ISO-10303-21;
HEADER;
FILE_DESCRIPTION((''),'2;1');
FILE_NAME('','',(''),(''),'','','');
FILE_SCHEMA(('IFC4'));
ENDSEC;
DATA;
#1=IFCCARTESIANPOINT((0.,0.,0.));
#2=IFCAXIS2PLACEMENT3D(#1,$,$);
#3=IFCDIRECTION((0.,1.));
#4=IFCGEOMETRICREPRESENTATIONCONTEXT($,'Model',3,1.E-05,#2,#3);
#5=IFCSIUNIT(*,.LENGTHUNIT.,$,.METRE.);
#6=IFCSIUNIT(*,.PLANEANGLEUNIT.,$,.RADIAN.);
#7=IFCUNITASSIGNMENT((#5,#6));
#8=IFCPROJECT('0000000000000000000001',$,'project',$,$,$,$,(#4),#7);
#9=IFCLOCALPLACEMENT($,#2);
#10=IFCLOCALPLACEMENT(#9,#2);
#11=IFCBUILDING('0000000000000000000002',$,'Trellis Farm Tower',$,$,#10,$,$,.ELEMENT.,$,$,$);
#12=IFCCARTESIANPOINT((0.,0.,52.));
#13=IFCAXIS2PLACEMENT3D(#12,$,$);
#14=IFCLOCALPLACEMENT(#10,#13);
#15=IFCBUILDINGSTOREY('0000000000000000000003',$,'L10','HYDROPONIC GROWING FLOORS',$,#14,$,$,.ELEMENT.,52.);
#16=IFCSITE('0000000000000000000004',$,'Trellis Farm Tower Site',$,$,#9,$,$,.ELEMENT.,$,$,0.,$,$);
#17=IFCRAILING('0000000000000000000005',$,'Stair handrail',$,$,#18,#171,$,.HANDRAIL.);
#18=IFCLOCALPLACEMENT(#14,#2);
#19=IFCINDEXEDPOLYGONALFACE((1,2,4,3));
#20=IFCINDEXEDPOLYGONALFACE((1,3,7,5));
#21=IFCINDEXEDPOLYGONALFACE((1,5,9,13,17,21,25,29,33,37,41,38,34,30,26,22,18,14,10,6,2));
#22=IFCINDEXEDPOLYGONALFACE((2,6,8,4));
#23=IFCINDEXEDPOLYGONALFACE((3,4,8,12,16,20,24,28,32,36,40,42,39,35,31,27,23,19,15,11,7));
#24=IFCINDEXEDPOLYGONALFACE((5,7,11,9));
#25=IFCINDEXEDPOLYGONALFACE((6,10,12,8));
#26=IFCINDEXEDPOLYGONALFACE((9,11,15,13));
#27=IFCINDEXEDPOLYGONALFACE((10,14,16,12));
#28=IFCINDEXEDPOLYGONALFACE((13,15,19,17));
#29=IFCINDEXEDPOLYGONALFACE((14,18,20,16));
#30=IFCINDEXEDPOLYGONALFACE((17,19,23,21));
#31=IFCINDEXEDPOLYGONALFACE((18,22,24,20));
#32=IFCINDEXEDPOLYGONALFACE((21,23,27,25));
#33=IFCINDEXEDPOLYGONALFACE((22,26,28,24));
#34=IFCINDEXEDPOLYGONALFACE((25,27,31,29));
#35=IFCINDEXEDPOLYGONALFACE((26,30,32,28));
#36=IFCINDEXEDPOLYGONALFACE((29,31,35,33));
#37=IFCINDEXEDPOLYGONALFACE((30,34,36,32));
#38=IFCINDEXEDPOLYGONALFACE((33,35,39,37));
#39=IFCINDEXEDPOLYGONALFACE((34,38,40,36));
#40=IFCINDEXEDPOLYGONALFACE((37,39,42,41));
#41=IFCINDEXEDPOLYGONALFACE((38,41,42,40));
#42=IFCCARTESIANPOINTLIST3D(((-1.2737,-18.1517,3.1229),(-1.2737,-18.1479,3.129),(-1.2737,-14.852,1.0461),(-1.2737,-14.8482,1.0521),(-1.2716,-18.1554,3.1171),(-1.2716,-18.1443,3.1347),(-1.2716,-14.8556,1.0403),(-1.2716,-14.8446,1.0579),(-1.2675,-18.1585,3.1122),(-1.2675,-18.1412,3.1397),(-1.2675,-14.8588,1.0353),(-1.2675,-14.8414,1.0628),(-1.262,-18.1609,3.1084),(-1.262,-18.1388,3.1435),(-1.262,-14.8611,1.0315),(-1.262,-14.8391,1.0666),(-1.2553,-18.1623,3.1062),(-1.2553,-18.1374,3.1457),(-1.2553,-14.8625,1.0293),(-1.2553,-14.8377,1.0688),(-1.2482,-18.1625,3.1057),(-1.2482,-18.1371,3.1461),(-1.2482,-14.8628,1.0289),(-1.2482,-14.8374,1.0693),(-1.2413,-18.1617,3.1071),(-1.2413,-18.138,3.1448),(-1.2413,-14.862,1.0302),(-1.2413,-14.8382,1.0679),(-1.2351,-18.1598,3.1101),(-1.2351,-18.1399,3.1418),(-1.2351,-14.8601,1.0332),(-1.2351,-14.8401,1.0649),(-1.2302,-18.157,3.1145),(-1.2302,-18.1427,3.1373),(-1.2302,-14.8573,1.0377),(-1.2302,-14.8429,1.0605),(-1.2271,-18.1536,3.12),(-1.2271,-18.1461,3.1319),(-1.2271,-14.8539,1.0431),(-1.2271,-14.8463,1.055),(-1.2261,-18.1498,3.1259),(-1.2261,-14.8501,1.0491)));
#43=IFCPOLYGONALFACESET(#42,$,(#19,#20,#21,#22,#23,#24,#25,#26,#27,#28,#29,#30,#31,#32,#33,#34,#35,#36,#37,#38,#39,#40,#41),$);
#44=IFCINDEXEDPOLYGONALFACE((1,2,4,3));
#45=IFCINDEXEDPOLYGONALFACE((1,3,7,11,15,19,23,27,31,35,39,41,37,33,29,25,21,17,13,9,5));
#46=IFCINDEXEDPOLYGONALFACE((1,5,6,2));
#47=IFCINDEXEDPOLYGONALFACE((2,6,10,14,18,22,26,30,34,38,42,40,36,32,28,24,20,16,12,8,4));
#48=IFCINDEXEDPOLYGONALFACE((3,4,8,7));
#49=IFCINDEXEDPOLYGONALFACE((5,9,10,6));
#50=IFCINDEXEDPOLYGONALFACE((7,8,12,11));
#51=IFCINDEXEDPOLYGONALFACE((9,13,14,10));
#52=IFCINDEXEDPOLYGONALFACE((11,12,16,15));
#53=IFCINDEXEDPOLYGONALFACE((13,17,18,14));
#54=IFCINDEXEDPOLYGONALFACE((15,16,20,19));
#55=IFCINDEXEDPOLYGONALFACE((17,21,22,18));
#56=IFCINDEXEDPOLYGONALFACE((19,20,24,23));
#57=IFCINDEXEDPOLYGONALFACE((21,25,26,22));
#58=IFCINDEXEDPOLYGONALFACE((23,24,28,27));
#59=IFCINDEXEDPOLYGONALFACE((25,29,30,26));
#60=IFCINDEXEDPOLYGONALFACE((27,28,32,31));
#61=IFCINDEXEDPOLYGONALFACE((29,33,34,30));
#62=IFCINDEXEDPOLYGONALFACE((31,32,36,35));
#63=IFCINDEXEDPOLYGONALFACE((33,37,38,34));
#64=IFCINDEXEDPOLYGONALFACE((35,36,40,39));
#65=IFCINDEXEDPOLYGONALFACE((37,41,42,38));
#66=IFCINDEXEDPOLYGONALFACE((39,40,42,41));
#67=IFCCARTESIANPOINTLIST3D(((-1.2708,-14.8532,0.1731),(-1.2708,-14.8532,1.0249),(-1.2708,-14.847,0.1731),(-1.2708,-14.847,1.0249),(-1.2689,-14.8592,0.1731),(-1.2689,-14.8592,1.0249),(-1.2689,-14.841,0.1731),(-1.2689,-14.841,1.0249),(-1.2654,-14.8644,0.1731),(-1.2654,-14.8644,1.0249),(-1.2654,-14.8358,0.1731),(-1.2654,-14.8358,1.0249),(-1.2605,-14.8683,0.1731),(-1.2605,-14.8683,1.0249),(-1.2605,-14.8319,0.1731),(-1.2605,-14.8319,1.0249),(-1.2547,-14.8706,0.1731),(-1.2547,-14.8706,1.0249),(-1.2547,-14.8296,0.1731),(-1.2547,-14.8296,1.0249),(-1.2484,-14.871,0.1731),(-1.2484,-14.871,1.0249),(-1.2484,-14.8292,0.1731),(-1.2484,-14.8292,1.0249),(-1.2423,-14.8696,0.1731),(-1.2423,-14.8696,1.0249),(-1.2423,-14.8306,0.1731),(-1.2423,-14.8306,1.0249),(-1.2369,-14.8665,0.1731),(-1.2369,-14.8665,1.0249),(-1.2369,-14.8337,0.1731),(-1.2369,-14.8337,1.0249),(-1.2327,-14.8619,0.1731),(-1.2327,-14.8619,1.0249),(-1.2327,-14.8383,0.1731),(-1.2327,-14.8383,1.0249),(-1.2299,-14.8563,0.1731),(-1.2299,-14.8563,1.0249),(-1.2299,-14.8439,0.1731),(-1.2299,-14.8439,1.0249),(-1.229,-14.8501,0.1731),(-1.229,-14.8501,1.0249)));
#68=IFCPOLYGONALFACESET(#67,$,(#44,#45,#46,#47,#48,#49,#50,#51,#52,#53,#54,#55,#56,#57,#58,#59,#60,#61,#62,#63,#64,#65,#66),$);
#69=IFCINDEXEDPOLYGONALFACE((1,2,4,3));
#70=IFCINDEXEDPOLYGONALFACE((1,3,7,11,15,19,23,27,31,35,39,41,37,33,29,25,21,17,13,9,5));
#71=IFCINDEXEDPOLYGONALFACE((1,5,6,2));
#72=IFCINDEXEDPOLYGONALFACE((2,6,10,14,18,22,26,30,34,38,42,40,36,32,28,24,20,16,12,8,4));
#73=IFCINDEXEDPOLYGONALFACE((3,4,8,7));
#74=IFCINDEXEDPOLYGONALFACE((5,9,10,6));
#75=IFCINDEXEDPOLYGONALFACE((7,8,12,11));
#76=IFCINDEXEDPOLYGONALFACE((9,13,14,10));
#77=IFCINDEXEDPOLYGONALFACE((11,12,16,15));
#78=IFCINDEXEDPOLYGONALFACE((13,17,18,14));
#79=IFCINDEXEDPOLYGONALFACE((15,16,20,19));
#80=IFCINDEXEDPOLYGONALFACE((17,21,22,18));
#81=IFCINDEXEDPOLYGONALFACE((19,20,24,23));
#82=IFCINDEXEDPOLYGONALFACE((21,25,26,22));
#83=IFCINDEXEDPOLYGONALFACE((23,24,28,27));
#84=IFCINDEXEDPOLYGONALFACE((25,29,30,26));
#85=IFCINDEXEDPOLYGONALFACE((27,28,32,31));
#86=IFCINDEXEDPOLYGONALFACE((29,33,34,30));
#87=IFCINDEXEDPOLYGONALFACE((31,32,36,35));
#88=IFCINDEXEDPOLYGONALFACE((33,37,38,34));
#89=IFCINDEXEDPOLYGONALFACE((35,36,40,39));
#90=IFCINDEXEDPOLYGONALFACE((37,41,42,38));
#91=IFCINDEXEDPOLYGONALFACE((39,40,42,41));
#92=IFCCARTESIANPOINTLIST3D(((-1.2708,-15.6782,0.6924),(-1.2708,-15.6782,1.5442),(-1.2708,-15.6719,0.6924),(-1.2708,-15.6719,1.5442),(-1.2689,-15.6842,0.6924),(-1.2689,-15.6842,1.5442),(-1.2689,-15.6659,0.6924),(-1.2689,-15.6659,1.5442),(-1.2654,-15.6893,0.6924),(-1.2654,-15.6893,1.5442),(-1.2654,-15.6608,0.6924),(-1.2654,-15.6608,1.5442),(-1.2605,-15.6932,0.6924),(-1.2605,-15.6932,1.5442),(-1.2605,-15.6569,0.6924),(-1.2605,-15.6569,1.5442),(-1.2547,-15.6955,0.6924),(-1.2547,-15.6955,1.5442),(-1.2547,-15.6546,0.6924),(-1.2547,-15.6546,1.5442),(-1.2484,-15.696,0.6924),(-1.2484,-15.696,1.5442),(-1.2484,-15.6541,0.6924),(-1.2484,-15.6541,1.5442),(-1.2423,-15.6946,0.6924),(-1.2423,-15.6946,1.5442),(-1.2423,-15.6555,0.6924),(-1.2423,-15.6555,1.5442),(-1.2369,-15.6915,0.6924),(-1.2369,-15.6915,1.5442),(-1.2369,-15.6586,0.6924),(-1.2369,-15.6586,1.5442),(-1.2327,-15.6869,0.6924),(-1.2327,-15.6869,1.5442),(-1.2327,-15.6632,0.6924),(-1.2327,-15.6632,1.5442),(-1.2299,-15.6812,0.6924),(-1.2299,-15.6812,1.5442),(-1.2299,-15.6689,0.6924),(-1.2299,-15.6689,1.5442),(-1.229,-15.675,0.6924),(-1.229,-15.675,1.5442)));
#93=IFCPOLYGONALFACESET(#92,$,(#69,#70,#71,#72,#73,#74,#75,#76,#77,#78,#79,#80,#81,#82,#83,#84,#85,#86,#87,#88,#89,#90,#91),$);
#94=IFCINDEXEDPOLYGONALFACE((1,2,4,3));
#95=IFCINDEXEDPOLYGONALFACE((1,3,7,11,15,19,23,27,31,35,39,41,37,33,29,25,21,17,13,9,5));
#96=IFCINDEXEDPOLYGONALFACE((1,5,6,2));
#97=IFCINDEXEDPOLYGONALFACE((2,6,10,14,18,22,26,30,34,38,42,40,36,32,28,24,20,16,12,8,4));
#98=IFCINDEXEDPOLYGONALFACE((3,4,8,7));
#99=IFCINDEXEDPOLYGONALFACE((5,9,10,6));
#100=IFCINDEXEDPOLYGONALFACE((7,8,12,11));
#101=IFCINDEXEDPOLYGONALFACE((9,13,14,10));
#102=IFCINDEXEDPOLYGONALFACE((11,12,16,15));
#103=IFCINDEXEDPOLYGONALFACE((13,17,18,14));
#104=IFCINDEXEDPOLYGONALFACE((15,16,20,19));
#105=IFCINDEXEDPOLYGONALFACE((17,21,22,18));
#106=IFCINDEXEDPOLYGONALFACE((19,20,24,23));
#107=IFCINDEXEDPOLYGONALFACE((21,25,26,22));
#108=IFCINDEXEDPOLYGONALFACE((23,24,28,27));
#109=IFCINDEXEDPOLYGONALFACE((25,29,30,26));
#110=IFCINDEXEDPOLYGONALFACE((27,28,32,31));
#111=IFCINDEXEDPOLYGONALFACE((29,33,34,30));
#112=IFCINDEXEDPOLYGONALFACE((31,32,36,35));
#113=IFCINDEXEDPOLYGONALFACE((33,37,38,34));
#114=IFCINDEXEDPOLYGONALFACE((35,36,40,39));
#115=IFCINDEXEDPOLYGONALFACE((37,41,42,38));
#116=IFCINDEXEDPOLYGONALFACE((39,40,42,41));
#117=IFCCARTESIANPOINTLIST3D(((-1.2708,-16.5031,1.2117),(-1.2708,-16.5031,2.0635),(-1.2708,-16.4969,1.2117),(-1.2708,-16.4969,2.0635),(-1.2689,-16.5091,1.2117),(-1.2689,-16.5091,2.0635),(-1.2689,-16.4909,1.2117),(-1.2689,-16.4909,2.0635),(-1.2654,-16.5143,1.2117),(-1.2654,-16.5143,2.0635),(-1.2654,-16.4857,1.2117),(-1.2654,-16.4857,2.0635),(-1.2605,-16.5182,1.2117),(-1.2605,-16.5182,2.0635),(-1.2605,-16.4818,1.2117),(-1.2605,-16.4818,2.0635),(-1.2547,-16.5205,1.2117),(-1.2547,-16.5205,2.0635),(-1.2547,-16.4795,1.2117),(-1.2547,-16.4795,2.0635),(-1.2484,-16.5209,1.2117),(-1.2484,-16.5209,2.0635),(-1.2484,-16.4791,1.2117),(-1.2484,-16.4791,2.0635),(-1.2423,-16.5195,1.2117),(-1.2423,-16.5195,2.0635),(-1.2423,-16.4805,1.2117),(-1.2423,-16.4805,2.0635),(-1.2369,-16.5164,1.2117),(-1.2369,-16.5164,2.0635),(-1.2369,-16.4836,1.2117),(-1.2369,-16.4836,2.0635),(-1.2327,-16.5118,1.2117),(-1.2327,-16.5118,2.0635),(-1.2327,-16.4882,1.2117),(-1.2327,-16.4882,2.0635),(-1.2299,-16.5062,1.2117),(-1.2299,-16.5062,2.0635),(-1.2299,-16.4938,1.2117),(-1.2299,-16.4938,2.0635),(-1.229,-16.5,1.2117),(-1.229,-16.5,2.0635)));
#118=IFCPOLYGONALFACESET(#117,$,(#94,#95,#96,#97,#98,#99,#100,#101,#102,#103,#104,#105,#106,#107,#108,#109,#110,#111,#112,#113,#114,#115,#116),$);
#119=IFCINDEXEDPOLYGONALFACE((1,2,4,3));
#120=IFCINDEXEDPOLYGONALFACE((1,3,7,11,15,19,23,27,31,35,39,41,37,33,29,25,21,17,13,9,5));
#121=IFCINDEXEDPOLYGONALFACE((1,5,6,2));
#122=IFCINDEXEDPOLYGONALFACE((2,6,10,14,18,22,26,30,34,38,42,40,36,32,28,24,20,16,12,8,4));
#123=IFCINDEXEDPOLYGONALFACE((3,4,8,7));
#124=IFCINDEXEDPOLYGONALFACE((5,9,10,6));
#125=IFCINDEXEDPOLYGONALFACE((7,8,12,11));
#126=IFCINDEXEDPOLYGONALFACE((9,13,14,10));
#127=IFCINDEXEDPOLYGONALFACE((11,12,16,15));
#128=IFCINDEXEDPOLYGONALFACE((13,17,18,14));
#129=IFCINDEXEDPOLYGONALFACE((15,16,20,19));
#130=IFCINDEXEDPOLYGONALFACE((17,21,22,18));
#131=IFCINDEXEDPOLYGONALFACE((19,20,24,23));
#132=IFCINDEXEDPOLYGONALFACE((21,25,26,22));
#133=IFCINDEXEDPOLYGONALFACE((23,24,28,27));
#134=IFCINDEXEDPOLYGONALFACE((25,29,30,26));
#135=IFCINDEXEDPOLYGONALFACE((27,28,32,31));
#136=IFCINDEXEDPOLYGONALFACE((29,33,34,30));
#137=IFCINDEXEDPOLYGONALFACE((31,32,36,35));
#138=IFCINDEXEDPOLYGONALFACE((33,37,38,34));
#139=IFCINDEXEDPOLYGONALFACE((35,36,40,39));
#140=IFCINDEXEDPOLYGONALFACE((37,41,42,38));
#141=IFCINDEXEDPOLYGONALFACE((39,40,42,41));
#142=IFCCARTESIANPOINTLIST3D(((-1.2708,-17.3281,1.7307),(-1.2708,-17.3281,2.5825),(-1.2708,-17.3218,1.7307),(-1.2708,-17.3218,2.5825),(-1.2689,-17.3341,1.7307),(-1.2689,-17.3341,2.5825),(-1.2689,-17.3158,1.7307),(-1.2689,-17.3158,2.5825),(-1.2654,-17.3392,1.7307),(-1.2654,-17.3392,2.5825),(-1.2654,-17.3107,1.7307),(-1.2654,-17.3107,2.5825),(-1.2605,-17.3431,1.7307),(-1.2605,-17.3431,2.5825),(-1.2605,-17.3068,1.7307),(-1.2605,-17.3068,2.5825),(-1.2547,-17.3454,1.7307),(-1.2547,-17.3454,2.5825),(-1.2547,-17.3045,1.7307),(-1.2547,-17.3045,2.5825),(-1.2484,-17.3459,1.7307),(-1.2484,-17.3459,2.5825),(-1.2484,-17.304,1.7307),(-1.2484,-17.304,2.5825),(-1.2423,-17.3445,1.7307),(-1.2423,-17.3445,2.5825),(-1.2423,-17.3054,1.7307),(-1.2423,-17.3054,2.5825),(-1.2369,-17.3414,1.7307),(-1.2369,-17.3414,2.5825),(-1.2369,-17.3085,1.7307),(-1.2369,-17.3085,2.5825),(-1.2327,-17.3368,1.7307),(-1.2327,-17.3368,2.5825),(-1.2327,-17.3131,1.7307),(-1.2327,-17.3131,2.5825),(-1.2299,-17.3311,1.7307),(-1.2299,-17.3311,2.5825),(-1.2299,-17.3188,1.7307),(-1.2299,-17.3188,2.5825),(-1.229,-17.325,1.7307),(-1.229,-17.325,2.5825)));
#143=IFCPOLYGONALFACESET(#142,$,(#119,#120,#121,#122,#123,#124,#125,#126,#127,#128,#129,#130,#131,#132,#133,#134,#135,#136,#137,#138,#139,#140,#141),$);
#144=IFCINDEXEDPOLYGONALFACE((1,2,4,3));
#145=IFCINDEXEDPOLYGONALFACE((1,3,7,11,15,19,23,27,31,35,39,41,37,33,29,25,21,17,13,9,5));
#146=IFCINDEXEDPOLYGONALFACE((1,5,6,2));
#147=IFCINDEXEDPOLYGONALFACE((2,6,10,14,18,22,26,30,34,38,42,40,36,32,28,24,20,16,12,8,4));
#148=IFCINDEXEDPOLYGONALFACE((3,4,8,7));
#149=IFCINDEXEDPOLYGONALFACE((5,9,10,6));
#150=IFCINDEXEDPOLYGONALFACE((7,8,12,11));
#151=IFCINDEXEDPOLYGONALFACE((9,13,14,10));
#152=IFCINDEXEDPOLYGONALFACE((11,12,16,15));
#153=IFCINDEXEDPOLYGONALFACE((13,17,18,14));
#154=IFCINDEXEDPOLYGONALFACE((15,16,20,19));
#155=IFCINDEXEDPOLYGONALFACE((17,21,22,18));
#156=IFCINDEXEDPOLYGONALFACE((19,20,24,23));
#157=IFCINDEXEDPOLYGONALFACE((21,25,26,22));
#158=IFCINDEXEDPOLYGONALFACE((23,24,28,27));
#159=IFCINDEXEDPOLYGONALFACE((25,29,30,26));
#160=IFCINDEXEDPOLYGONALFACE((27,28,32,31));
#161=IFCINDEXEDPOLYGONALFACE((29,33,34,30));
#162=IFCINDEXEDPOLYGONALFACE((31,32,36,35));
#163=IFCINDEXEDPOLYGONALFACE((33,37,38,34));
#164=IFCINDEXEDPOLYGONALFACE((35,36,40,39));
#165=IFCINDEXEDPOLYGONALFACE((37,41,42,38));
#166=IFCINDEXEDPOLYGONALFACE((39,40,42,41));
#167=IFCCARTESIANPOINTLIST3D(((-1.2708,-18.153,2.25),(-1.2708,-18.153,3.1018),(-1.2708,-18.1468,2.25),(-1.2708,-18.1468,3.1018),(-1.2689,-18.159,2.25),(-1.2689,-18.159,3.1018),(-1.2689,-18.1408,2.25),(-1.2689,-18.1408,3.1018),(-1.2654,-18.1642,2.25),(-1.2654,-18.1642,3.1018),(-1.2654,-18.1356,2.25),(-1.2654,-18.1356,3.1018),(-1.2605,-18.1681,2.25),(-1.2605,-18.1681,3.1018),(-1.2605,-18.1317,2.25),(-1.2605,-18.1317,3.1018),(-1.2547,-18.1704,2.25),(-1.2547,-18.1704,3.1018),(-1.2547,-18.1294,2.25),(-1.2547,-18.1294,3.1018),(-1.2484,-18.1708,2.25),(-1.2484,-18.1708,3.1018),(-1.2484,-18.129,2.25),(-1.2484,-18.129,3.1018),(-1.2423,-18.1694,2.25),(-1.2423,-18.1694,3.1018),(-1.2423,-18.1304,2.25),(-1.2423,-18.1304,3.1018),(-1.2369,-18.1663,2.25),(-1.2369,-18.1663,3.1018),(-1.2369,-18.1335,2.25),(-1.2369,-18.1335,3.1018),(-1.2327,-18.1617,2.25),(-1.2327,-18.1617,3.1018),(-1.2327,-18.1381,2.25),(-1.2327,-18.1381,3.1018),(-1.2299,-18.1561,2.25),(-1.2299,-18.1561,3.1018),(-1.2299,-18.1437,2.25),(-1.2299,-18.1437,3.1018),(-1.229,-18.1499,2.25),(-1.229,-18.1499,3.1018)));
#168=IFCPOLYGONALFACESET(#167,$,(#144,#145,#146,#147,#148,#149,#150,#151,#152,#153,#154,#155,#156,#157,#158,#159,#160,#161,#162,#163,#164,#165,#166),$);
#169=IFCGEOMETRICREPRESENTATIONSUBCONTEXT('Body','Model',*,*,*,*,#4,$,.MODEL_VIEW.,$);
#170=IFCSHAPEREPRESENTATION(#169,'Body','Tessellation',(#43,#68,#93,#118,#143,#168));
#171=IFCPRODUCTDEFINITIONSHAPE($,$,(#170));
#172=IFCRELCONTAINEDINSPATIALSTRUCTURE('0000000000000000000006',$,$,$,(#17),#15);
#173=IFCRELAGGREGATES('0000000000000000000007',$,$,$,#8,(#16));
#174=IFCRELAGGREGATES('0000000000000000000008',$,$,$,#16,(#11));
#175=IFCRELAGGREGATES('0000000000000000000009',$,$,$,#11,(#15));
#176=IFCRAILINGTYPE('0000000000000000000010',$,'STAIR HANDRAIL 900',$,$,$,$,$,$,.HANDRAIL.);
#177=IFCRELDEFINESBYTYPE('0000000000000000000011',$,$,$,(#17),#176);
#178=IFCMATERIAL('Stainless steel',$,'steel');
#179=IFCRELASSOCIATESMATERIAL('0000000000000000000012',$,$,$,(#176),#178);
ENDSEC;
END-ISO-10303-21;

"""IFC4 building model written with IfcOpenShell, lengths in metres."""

from ifc_helpers import new_model, si_unit, direction, frame, origin, origin_2d, place, context, subcontext, project, spatial, circle, extrude, source, transform, mapped, material, type_object, element, save


model = new_model("IFC4")

# Units and contexts
model_context = context("Model", 3, precision=1e-05, world=origin(), true_north=direction((0.0, 1.0)))
body_context = subcontext(model_context, "Body", "Model", "MODEL_VIEW")
ifc_project = project(units=[si_unit("LENGTHUNIT", "METRE"), si_unit("PLANEANGLEUNIT", "RADIAN")], contexts=[model_context])

# Site, building, storey
site_placement = place(None, origin())
site = spatial("IfcSite", under=ifc_project, at=site_placement, Name="Trellis Farm Tower Site", CompositionType="ELEMENT", RefElevation=0.0)
building_placement = place(site_placement, origin())
building = spatial("IfcBuilding", under=site, at=building_placement, Name="Trellis Farm Tower", CompositionType="ELEMENT")
storey_placement = place(building_placement, frame((0.0, 0.0, 52.0)))
storey = spatial("IfcBuildingStorey", under=building, at=storey_placement, Name="L10", Description="HYDROPONIC GROWING FLOORS", CompositionType="ELEMENT", Elevation=52.0)

# Railing
ifc_material_1 = material(Name="Stainless steel", Category="steel")
railing_type = type_object("IfcRailingType", Name="STAIR HANDRAIL 900", PredefinedType="HANDRAIL", material=ifc_material_1)
shared_shape_1 = source(origin(), body_context, "Body", "SweptSolid", [
    extrude(circle(Radius=0.0239, at=origin_2d()), frame((0.0, 0.0, 0.876), z_axis=(0.0, -0.84632, 0.532675), x_axis=(1.0, 0.0, 0.0)), (0.0, 0.0, 1.0), 3.8989),
    extrude(circle(Radius=0.021, at=origin_2d()), origin(), (0.0, 0.0, 1.0), 0.8518),
    extrude(circle(Radius=0.021, at=origin_2d()), frame((0.0, -0.825, 0.5193)), (0.0, 0.0, 1.0), 0.8518),
    extrude(circle(Radius=0.021, at=origin_2d()), frame((0.0, -1.6499, 1.0386)), (0.0, 0.0, 1.0), 0.8518),
    extrude(circle(Radius=0.021, at=origin_2d()), frame((0.0, -2.4749, 1.5576)), (0.0, 0.0, 1.0), 0.8518),
    extrude(circle(Radius=0.021, at=origin_2d()), frame((0.0, -3.2998, 2.0769)), (0.0, 0.0, 1.0), 0.8518),
])
railing_placement = place(storey_placement, frame((-1.25, -14.8501, 0.1731)))
element("IfcRailing", 1, at=railing_placement, inside=storey, type_object=railing_type, Name="Stair handrail", PredefinedType="HANDRAIL", context=body_context, shape_type="MappedRepresentation", body=[
    mapped(shared_shape_1, transform((0.0, 0.0, 0.0))),
])

save(model, "model.ifc")
